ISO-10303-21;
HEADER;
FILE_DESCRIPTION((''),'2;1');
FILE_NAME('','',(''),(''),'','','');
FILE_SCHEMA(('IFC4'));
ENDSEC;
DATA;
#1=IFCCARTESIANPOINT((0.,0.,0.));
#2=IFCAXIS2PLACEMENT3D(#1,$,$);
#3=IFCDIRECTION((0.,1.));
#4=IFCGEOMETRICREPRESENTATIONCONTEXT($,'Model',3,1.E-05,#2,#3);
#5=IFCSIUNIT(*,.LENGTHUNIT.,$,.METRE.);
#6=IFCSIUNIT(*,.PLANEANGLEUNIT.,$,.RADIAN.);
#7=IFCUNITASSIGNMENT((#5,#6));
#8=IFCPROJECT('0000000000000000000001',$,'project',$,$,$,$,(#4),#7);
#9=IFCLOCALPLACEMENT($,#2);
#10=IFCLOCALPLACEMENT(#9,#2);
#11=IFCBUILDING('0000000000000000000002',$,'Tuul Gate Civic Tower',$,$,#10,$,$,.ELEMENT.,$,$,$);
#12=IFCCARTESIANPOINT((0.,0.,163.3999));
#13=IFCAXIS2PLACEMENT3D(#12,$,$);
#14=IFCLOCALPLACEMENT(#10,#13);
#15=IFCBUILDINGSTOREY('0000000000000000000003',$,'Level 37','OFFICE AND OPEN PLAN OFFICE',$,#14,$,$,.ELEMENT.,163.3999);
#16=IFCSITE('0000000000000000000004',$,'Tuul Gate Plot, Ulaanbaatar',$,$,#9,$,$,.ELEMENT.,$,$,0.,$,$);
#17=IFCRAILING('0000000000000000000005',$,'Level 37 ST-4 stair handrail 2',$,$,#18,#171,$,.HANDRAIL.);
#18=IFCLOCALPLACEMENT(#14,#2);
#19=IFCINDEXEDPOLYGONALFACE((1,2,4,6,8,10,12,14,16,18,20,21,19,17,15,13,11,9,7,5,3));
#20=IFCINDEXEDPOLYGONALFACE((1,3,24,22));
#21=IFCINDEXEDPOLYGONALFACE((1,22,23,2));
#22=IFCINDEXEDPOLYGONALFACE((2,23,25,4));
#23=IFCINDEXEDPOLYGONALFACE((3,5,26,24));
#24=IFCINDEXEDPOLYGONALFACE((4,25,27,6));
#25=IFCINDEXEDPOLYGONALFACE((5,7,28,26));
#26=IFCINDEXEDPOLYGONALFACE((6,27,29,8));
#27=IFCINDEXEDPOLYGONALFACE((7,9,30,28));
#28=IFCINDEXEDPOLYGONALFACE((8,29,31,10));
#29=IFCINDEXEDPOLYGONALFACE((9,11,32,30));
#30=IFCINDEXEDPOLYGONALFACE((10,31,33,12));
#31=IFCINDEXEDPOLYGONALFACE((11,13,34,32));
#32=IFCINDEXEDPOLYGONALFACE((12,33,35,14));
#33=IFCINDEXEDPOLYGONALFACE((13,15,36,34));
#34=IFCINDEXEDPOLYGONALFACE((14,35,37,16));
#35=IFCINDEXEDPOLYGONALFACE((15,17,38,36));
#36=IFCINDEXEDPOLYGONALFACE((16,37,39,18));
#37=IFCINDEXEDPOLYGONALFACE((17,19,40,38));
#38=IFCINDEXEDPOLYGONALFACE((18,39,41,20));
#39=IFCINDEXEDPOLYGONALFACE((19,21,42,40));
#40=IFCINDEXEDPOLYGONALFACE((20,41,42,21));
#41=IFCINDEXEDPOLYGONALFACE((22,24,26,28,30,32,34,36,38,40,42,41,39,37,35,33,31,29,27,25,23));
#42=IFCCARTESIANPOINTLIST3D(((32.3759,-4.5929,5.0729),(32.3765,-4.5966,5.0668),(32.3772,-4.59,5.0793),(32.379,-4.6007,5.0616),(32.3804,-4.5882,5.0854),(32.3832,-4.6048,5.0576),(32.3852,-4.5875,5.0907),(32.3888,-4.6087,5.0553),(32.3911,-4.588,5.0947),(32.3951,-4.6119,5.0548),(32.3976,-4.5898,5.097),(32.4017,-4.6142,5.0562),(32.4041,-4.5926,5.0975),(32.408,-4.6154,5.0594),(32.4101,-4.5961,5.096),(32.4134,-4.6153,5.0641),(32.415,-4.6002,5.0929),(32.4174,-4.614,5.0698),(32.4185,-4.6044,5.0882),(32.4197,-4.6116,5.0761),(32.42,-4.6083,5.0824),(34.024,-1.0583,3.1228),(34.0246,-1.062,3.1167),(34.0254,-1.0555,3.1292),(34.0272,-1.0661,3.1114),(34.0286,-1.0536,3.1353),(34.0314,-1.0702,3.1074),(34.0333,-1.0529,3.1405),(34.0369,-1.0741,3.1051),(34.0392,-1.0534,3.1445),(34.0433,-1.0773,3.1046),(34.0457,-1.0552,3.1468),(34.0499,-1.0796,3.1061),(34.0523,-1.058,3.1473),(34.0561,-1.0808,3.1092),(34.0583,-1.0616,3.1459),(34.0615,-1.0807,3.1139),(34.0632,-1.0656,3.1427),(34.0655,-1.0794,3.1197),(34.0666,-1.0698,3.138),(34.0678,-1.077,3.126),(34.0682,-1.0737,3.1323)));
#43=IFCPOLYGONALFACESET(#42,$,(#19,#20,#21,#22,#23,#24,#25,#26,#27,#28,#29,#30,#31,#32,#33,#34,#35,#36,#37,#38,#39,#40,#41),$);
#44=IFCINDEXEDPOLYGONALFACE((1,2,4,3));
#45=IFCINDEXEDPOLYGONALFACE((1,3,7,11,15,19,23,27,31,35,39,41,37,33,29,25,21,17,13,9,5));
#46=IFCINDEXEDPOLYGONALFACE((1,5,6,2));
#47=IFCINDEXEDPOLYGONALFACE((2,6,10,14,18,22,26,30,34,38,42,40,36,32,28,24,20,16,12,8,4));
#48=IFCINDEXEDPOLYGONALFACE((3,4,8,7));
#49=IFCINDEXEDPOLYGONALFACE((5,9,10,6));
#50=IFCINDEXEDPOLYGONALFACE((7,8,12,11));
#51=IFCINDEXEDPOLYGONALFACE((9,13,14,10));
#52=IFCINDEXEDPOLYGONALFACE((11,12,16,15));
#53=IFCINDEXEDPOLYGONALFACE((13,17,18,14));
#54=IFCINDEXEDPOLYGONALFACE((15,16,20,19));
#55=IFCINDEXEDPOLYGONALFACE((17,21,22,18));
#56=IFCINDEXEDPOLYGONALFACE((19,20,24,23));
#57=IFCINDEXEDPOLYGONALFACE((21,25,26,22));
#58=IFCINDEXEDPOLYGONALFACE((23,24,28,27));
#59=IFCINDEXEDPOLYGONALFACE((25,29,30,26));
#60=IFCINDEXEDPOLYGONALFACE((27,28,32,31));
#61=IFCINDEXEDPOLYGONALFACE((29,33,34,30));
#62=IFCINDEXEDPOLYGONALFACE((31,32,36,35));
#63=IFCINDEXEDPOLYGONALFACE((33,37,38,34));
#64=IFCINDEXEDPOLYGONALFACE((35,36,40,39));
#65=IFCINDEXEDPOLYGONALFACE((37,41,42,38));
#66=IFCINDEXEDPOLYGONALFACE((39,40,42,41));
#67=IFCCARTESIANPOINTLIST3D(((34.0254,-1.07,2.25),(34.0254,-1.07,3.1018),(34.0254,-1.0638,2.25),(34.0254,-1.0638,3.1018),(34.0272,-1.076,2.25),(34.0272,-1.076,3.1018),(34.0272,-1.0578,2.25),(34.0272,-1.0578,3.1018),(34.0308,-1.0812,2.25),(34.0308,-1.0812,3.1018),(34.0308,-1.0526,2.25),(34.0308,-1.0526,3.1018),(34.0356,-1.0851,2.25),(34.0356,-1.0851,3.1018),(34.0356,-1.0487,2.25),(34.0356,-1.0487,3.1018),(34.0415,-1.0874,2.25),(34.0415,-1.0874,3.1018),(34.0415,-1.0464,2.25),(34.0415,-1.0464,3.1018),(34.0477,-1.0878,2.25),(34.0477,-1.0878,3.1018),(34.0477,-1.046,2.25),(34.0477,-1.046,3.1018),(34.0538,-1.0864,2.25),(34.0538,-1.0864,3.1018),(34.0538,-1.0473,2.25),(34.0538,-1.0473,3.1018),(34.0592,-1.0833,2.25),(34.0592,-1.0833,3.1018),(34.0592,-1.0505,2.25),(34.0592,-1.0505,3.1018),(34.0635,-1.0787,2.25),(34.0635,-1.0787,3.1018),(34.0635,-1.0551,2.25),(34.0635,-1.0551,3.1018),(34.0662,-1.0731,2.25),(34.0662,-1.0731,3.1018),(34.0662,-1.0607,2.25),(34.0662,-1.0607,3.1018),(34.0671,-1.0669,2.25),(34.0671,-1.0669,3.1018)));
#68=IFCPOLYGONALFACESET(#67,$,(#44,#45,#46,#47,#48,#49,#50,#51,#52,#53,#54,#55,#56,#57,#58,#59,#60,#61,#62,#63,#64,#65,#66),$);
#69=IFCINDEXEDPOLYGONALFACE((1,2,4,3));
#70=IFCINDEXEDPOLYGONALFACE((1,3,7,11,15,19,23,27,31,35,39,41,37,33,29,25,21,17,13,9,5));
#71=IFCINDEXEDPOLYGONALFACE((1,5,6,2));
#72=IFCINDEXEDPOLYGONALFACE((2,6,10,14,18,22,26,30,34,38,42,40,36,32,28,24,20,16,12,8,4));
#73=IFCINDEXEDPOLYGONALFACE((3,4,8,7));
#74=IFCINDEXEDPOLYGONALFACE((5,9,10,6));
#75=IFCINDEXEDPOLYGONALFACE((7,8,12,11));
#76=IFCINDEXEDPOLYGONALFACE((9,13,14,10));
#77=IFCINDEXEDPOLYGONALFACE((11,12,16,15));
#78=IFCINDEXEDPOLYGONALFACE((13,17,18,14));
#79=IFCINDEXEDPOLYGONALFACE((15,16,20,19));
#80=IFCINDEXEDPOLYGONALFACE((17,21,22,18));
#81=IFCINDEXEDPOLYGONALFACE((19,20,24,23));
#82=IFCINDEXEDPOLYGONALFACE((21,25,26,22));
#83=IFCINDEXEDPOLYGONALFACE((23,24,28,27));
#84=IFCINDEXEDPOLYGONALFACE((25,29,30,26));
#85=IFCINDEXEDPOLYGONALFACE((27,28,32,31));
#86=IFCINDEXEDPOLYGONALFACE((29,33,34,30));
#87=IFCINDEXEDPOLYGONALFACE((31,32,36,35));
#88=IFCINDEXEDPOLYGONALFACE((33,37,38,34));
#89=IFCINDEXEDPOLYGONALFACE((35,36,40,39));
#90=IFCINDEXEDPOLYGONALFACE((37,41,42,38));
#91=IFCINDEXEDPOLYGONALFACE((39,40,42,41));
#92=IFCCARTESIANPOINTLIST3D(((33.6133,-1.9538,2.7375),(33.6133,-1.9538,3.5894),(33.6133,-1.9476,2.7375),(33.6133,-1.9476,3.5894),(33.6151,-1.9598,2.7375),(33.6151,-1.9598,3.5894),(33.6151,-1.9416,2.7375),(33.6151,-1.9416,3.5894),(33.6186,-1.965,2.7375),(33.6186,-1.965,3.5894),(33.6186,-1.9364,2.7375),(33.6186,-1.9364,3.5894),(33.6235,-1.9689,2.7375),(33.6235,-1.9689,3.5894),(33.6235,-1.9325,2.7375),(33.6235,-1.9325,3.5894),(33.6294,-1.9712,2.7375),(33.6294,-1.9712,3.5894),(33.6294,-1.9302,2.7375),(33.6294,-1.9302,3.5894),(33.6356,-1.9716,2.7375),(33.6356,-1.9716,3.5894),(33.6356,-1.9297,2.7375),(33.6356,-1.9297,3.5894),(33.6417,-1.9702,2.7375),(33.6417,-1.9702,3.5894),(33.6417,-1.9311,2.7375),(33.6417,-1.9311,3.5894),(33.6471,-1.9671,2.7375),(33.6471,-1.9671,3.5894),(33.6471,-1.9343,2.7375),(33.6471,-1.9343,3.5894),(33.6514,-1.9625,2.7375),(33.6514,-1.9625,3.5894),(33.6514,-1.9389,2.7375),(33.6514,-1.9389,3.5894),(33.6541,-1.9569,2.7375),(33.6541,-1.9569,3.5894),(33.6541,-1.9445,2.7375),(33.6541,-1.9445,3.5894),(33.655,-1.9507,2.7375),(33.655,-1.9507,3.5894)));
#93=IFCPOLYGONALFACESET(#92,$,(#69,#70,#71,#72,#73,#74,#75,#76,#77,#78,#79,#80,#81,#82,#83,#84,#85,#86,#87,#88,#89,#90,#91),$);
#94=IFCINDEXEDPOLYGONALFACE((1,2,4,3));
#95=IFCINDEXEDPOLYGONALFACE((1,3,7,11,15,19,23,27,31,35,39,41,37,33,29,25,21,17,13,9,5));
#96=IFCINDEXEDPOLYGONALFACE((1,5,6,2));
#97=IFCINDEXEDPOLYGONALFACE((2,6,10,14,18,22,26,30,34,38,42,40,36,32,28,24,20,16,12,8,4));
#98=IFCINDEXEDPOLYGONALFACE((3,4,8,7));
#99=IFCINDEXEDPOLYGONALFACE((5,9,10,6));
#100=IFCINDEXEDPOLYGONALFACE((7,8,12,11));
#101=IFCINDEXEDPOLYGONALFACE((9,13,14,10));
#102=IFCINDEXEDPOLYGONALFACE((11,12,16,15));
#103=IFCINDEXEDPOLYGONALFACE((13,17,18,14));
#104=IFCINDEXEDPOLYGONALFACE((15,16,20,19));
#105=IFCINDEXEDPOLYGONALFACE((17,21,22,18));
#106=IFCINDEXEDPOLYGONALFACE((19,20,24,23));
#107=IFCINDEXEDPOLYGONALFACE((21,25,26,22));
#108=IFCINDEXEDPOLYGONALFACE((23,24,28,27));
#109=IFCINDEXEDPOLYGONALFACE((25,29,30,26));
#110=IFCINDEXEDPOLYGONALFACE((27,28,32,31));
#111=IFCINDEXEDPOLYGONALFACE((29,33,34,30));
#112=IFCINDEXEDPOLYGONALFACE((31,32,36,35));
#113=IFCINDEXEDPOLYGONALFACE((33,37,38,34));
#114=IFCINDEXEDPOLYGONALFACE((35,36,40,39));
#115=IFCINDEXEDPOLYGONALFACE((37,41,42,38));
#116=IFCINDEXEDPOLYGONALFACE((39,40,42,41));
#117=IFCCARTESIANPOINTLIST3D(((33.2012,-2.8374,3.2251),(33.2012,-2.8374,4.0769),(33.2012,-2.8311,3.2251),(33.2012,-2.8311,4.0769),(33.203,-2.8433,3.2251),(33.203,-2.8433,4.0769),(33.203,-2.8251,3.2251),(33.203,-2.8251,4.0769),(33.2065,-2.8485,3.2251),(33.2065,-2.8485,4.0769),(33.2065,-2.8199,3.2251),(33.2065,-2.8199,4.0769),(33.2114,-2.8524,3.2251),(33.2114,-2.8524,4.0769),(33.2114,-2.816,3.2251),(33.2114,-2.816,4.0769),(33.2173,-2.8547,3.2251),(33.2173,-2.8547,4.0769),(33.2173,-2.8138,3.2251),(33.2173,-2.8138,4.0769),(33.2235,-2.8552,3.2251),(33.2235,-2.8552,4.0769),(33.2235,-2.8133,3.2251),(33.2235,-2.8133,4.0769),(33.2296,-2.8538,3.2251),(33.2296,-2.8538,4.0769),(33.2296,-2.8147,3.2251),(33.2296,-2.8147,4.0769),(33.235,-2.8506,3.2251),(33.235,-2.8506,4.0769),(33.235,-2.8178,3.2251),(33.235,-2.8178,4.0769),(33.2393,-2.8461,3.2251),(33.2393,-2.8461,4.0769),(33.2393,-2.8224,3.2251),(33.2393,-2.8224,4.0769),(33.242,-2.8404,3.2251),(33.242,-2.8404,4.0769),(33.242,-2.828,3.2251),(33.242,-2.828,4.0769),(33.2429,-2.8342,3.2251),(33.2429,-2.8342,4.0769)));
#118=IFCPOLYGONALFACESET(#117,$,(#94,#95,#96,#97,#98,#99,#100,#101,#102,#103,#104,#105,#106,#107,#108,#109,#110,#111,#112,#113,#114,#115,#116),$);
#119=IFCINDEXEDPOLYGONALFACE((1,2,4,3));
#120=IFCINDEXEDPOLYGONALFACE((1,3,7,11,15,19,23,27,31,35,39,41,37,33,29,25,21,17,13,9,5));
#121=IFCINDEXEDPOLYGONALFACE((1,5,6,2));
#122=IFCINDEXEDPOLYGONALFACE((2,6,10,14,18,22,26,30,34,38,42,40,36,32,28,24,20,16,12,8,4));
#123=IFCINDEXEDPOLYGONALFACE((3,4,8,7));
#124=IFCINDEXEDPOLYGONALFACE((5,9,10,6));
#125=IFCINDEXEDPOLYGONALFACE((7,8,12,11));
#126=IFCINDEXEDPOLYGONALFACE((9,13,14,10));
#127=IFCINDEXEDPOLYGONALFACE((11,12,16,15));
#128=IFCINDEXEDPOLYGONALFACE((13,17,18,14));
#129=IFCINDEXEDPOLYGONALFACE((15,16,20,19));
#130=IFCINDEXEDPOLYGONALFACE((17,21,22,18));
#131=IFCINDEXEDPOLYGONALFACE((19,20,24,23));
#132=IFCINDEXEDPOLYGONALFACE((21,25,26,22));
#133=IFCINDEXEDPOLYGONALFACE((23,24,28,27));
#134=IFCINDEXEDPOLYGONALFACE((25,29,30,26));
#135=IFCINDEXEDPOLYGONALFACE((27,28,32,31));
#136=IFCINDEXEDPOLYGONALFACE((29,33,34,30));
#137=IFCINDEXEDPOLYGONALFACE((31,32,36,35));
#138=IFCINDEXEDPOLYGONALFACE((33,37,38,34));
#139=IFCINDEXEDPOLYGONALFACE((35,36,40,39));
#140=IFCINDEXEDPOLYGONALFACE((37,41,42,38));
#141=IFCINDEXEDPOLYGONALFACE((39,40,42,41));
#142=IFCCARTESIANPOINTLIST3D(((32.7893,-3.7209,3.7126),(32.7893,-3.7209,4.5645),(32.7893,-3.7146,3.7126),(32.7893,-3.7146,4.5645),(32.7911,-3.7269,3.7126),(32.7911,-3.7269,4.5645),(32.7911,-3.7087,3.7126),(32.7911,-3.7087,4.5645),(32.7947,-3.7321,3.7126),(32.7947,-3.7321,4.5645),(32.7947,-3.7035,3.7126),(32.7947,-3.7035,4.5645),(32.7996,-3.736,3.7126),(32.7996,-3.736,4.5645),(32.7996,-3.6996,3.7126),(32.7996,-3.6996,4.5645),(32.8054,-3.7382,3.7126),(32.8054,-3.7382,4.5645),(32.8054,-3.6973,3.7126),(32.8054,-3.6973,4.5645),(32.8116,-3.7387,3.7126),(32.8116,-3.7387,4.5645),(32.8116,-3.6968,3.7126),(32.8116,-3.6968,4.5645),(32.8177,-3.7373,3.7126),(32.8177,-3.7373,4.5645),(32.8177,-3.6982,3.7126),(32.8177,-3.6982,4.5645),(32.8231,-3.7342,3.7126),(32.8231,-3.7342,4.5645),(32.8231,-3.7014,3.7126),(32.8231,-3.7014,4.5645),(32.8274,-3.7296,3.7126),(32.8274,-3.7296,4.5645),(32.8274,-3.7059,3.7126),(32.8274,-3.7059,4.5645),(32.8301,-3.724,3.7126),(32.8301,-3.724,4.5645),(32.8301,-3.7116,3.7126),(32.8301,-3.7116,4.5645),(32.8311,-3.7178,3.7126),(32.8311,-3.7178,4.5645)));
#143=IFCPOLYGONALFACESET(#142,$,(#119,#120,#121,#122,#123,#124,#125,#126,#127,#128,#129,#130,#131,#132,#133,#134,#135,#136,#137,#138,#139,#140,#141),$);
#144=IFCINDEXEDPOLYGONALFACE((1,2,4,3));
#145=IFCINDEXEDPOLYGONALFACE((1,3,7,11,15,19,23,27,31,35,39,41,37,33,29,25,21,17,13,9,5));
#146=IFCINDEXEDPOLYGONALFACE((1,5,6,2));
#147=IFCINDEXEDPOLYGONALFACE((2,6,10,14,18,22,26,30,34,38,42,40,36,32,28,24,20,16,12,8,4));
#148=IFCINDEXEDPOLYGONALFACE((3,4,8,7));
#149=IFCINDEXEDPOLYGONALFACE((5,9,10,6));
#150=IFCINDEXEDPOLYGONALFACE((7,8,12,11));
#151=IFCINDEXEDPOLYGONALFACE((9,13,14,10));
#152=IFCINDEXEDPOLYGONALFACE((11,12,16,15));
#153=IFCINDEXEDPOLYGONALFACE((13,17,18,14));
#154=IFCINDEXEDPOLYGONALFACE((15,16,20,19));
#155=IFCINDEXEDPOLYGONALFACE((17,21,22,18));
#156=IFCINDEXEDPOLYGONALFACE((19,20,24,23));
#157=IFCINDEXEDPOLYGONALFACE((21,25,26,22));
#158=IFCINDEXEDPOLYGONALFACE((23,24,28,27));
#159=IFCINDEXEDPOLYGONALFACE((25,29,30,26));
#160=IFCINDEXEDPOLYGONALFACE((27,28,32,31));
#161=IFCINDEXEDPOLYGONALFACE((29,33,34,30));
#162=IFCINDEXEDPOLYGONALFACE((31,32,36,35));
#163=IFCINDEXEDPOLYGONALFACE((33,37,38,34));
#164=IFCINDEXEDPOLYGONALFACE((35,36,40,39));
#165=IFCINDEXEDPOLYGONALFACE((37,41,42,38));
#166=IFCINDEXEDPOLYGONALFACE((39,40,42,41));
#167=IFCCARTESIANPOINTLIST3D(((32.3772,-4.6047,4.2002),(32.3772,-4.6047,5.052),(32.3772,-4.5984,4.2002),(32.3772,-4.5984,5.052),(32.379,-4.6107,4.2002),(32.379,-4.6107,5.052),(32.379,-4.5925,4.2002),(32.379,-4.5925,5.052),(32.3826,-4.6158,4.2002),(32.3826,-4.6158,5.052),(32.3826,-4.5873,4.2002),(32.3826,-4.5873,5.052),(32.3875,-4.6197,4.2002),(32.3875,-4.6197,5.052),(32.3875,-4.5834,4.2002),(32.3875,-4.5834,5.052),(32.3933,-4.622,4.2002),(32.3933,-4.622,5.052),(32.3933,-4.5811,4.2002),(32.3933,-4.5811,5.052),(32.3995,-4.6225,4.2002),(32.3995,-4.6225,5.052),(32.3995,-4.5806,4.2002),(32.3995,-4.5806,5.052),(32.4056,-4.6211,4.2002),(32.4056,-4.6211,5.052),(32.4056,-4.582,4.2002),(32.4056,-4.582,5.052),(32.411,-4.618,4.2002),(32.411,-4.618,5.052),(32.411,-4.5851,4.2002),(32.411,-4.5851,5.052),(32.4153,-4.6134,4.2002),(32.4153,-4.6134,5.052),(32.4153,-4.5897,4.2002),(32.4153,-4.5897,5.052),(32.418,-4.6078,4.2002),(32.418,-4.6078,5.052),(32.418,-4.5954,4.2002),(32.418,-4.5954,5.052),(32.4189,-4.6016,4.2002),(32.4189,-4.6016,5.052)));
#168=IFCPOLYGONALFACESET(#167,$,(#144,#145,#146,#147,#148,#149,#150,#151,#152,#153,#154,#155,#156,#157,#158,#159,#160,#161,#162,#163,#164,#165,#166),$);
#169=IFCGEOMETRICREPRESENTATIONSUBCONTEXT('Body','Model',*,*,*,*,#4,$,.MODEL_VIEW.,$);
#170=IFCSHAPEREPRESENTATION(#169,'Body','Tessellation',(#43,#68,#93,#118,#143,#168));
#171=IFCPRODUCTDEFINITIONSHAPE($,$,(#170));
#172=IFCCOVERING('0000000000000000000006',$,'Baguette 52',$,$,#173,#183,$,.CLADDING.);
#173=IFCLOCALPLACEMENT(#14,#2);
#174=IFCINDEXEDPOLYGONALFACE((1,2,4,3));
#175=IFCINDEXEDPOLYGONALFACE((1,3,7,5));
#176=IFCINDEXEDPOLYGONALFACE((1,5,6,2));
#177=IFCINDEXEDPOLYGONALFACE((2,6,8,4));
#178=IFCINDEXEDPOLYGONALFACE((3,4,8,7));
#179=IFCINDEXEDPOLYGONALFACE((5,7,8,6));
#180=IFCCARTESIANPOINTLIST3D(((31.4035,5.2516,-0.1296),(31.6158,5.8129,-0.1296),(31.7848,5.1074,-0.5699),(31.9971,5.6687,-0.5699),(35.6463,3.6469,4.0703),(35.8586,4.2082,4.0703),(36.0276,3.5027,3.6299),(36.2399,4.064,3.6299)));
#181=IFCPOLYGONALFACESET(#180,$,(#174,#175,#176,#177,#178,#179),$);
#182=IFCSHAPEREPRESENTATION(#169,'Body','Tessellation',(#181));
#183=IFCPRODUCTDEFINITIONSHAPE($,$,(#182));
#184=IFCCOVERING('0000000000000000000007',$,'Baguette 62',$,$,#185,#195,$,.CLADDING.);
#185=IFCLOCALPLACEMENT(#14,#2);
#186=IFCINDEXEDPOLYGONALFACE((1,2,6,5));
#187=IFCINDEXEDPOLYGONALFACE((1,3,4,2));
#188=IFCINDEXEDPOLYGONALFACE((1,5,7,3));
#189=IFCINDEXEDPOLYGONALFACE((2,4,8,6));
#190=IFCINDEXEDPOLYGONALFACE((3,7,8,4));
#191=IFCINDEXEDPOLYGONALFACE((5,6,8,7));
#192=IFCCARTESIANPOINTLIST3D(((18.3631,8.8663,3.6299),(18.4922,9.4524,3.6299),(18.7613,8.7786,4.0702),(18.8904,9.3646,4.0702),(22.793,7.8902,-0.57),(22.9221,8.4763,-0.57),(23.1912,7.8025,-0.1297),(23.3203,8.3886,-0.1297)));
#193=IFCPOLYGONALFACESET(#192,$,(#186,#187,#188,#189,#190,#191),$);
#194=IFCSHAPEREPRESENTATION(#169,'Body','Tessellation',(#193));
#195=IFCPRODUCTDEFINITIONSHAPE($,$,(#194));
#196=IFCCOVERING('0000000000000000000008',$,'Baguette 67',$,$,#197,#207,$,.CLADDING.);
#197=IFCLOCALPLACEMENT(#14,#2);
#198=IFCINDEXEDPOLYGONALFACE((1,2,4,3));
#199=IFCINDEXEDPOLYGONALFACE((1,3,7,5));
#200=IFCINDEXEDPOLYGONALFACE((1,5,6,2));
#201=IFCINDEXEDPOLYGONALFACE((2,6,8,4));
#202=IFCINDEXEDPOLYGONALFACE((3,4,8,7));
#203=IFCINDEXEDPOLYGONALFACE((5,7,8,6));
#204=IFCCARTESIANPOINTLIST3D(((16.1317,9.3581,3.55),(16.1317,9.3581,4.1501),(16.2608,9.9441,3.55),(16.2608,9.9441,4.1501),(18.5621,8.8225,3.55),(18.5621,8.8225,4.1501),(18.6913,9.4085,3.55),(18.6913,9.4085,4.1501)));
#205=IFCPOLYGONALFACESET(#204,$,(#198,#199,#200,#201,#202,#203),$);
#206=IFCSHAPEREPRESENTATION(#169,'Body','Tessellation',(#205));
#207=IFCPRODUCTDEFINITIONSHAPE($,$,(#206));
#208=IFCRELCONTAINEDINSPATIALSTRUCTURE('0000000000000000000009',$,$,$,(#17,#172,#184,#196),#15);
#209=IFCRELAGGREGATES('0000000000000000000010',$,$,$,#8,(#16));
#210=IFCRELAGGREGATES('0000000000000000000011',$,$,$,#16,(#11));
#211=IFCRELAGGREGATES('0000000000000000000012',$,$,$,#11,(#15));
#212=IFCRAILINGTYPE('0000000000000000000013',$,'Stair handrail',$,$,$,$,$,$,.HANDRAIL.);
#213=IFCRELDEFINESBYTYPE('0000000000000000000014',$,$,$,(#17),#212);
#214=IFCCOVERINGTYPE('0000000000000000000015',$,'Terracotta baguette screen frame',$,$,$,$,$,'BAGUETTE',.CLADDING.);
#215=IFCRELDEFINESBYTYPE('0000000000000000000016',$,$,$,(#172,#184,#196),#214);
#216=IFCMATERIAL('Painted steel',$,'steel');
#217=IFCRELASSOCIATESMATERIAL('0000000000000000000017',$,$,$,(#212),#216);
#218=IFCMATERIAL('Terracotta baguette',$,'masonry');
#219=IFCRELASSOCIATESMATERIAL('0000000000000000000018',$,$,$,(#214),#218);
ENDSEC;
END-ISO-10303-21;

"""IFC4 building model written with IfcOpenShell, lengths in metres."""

from ifc_helpers import new_model, si_unit, direction, frame, origin, origin_2d, place, context, subcontext, project, spatial, rectangle, circle, extrude, material, material_profile, profile_set, type_object, element, save


model = new_model("IFC4")

# Units and contexts
model_context = context("Model", 3, precision=1e-05, world=origin(), true_north=direction((0.0, 1.0)))
body_context = subcontext(model_context, "Body", "Model", "MODEL_VIEW")
ifc_project = project(units=[si_unit("LENGTHUNIT", "METRE"), si_unit("PLANEANGLEUNIT", "RADIAN")], contexts=[model_context])

# Site, building, storey
site_placement = place(None, origin())
site = spatial("IfcSite", under=ifc_project, at=site_placement, Name="Tuul Gate Plot, Ulaanbaatar", CompositionType="ELEMENT", RefElevation=0.0)
building_placement = place(site_placement, origin())
building = spatial("IfcBuilding", under=site, at=building_placement, Name="Tuul Gate Civic Tower", CompositionType="ELEMENT")
storey_placement = place(building_placement, frame((0.0, 0.0, 163.3999)))
storey = spatial("IfcBuildingStorey", under=building, at=storey_placement, Name="Level 37", Description="OFFICE AND OPEN PLAN OFFICE", CompositionType="ELEMENT", Elevation=163.3999)

# Railing
ifc_material_1 = material(Name="Painted steel", Category="steel")
railing_type_1 = type_object("IfcRailingType", Name="Stair handrail", PredefinedType="HANDRAIL", material=ifc_material_1)
railing_1_placement = place(storey_placement, frame((34.0461, -1.0669, 2.25)))
element("IfcRailing", 1, at=railing_1_placement, inside=storey, type_object=railing_type_1, Name="Level 37 ST-4 stair handrail 2", PredefinedType="HANDRAIL", context=body_context, shape_type="SweptSolid", body=[
    extrude(circle(Radius=0.0239, at=origin_2d()), frame((0.0, 0.0, 0.876), z_axis=(-0.377985, -0.810617, 0.447245), x_axis=(0.906313, -0.422608, 0.0)), (0.0, 0.0, 1.0), 4.3604),
    extrude(circle(Radius=0.021, at=origin_2d()), origin(), (0.0, 0.0, 1.0), 0.8518),
    extrude(circle(Radius=0.021, at=origin_2d()), frame((-0.4121, -0.8838, 0.4875)), (0.0, 0.0, 1.0), 0.8518),
    extrude(circle(Radius=0.021, at=origin_2d()), frame((-0.8242, -1.7673, 0.9751)), (0.0, 0.0, 1.0), 0.8518),
    extrude(circle(Radius=0.021, at=origin_2d()), frame((-1.2361, -2.6509, 1.4626)), (0.0, 0.0, 1.0), 0.8518),
    extrude(circle(Radius=0.021, at=origin_2d()), frame((-1.6482, -3.5347, 1.9502)), (0.0, 0.0, 1.0), 0.8518),
])

# Coverings
ifc_material_2 = material(Name="Terracotta baguette", Category="masonry")
ifc_material_profile_1 = material_profile(ifc_material_2, rectangle(XDim=0.6001, YDim=0.6001, at=origin_2d()), Name="Terracotta baguette screen frame")
ifc_profile_set_1 = profile_set([ifc_material_profile_1], Name="Terracotta baguette")
covering_type = type_object("IfcCoveringType", Name="Terracotta baguette screen frame", ElementType="BAGUETTE", PredefinedType="CLADDING", material=ifc_profile_set_1)
for number, where, z_axis, x_axis, name in (
    (2, (35.9431, 3.8555, 3.8501), (-0.686334, 0.259582, -0.679384), (-0.353758, -0.935337, 0.0), "Baguette 52"),
    (3, (23.0566, 8.1394, -0.3499), (-0.71659, 0.157891, 0.679388), (-0.215175, -0.976576, 0.0), "Baguette 62"),
):
    element("IfcCovering", number, at=place(storey_placement, frame(where, z_axis=z_axis, x_axis=x_axis)), inside=storey, type_object=covering_type, Name=name, PredefinedType="CLADDING", context=body_context, shape_type="SweptSolid", body=[
        extrude(rectangle(XDim=0.6001, YDim=0.6001, at=origin_2d()), origin(), (0.0, 0.0, 1.0), 6.1819),
    ])
covering_1_placement = place(storey_placement, frame((18.6267, 9.1155, 3.8501), z_axis=(-0.976564, 0.215227, 0.0), x_axis=(-0.215227, -0.976564, 0.0)))
element("IfcCovering", 4, at=covering_1_placement, inside=storey, type_object=covering_type, Name="Baguette 67", PredefinedType="CLADDING", context=body_context, shape_type="SweptSolid", body=[
    extrude(rectangle(XDim=0.6001, YDim=0.6001, at=origin_2d()), origin(), (0.0, 0.0, 1.0), 2.4888),
])

save(model, "model.ifc")
